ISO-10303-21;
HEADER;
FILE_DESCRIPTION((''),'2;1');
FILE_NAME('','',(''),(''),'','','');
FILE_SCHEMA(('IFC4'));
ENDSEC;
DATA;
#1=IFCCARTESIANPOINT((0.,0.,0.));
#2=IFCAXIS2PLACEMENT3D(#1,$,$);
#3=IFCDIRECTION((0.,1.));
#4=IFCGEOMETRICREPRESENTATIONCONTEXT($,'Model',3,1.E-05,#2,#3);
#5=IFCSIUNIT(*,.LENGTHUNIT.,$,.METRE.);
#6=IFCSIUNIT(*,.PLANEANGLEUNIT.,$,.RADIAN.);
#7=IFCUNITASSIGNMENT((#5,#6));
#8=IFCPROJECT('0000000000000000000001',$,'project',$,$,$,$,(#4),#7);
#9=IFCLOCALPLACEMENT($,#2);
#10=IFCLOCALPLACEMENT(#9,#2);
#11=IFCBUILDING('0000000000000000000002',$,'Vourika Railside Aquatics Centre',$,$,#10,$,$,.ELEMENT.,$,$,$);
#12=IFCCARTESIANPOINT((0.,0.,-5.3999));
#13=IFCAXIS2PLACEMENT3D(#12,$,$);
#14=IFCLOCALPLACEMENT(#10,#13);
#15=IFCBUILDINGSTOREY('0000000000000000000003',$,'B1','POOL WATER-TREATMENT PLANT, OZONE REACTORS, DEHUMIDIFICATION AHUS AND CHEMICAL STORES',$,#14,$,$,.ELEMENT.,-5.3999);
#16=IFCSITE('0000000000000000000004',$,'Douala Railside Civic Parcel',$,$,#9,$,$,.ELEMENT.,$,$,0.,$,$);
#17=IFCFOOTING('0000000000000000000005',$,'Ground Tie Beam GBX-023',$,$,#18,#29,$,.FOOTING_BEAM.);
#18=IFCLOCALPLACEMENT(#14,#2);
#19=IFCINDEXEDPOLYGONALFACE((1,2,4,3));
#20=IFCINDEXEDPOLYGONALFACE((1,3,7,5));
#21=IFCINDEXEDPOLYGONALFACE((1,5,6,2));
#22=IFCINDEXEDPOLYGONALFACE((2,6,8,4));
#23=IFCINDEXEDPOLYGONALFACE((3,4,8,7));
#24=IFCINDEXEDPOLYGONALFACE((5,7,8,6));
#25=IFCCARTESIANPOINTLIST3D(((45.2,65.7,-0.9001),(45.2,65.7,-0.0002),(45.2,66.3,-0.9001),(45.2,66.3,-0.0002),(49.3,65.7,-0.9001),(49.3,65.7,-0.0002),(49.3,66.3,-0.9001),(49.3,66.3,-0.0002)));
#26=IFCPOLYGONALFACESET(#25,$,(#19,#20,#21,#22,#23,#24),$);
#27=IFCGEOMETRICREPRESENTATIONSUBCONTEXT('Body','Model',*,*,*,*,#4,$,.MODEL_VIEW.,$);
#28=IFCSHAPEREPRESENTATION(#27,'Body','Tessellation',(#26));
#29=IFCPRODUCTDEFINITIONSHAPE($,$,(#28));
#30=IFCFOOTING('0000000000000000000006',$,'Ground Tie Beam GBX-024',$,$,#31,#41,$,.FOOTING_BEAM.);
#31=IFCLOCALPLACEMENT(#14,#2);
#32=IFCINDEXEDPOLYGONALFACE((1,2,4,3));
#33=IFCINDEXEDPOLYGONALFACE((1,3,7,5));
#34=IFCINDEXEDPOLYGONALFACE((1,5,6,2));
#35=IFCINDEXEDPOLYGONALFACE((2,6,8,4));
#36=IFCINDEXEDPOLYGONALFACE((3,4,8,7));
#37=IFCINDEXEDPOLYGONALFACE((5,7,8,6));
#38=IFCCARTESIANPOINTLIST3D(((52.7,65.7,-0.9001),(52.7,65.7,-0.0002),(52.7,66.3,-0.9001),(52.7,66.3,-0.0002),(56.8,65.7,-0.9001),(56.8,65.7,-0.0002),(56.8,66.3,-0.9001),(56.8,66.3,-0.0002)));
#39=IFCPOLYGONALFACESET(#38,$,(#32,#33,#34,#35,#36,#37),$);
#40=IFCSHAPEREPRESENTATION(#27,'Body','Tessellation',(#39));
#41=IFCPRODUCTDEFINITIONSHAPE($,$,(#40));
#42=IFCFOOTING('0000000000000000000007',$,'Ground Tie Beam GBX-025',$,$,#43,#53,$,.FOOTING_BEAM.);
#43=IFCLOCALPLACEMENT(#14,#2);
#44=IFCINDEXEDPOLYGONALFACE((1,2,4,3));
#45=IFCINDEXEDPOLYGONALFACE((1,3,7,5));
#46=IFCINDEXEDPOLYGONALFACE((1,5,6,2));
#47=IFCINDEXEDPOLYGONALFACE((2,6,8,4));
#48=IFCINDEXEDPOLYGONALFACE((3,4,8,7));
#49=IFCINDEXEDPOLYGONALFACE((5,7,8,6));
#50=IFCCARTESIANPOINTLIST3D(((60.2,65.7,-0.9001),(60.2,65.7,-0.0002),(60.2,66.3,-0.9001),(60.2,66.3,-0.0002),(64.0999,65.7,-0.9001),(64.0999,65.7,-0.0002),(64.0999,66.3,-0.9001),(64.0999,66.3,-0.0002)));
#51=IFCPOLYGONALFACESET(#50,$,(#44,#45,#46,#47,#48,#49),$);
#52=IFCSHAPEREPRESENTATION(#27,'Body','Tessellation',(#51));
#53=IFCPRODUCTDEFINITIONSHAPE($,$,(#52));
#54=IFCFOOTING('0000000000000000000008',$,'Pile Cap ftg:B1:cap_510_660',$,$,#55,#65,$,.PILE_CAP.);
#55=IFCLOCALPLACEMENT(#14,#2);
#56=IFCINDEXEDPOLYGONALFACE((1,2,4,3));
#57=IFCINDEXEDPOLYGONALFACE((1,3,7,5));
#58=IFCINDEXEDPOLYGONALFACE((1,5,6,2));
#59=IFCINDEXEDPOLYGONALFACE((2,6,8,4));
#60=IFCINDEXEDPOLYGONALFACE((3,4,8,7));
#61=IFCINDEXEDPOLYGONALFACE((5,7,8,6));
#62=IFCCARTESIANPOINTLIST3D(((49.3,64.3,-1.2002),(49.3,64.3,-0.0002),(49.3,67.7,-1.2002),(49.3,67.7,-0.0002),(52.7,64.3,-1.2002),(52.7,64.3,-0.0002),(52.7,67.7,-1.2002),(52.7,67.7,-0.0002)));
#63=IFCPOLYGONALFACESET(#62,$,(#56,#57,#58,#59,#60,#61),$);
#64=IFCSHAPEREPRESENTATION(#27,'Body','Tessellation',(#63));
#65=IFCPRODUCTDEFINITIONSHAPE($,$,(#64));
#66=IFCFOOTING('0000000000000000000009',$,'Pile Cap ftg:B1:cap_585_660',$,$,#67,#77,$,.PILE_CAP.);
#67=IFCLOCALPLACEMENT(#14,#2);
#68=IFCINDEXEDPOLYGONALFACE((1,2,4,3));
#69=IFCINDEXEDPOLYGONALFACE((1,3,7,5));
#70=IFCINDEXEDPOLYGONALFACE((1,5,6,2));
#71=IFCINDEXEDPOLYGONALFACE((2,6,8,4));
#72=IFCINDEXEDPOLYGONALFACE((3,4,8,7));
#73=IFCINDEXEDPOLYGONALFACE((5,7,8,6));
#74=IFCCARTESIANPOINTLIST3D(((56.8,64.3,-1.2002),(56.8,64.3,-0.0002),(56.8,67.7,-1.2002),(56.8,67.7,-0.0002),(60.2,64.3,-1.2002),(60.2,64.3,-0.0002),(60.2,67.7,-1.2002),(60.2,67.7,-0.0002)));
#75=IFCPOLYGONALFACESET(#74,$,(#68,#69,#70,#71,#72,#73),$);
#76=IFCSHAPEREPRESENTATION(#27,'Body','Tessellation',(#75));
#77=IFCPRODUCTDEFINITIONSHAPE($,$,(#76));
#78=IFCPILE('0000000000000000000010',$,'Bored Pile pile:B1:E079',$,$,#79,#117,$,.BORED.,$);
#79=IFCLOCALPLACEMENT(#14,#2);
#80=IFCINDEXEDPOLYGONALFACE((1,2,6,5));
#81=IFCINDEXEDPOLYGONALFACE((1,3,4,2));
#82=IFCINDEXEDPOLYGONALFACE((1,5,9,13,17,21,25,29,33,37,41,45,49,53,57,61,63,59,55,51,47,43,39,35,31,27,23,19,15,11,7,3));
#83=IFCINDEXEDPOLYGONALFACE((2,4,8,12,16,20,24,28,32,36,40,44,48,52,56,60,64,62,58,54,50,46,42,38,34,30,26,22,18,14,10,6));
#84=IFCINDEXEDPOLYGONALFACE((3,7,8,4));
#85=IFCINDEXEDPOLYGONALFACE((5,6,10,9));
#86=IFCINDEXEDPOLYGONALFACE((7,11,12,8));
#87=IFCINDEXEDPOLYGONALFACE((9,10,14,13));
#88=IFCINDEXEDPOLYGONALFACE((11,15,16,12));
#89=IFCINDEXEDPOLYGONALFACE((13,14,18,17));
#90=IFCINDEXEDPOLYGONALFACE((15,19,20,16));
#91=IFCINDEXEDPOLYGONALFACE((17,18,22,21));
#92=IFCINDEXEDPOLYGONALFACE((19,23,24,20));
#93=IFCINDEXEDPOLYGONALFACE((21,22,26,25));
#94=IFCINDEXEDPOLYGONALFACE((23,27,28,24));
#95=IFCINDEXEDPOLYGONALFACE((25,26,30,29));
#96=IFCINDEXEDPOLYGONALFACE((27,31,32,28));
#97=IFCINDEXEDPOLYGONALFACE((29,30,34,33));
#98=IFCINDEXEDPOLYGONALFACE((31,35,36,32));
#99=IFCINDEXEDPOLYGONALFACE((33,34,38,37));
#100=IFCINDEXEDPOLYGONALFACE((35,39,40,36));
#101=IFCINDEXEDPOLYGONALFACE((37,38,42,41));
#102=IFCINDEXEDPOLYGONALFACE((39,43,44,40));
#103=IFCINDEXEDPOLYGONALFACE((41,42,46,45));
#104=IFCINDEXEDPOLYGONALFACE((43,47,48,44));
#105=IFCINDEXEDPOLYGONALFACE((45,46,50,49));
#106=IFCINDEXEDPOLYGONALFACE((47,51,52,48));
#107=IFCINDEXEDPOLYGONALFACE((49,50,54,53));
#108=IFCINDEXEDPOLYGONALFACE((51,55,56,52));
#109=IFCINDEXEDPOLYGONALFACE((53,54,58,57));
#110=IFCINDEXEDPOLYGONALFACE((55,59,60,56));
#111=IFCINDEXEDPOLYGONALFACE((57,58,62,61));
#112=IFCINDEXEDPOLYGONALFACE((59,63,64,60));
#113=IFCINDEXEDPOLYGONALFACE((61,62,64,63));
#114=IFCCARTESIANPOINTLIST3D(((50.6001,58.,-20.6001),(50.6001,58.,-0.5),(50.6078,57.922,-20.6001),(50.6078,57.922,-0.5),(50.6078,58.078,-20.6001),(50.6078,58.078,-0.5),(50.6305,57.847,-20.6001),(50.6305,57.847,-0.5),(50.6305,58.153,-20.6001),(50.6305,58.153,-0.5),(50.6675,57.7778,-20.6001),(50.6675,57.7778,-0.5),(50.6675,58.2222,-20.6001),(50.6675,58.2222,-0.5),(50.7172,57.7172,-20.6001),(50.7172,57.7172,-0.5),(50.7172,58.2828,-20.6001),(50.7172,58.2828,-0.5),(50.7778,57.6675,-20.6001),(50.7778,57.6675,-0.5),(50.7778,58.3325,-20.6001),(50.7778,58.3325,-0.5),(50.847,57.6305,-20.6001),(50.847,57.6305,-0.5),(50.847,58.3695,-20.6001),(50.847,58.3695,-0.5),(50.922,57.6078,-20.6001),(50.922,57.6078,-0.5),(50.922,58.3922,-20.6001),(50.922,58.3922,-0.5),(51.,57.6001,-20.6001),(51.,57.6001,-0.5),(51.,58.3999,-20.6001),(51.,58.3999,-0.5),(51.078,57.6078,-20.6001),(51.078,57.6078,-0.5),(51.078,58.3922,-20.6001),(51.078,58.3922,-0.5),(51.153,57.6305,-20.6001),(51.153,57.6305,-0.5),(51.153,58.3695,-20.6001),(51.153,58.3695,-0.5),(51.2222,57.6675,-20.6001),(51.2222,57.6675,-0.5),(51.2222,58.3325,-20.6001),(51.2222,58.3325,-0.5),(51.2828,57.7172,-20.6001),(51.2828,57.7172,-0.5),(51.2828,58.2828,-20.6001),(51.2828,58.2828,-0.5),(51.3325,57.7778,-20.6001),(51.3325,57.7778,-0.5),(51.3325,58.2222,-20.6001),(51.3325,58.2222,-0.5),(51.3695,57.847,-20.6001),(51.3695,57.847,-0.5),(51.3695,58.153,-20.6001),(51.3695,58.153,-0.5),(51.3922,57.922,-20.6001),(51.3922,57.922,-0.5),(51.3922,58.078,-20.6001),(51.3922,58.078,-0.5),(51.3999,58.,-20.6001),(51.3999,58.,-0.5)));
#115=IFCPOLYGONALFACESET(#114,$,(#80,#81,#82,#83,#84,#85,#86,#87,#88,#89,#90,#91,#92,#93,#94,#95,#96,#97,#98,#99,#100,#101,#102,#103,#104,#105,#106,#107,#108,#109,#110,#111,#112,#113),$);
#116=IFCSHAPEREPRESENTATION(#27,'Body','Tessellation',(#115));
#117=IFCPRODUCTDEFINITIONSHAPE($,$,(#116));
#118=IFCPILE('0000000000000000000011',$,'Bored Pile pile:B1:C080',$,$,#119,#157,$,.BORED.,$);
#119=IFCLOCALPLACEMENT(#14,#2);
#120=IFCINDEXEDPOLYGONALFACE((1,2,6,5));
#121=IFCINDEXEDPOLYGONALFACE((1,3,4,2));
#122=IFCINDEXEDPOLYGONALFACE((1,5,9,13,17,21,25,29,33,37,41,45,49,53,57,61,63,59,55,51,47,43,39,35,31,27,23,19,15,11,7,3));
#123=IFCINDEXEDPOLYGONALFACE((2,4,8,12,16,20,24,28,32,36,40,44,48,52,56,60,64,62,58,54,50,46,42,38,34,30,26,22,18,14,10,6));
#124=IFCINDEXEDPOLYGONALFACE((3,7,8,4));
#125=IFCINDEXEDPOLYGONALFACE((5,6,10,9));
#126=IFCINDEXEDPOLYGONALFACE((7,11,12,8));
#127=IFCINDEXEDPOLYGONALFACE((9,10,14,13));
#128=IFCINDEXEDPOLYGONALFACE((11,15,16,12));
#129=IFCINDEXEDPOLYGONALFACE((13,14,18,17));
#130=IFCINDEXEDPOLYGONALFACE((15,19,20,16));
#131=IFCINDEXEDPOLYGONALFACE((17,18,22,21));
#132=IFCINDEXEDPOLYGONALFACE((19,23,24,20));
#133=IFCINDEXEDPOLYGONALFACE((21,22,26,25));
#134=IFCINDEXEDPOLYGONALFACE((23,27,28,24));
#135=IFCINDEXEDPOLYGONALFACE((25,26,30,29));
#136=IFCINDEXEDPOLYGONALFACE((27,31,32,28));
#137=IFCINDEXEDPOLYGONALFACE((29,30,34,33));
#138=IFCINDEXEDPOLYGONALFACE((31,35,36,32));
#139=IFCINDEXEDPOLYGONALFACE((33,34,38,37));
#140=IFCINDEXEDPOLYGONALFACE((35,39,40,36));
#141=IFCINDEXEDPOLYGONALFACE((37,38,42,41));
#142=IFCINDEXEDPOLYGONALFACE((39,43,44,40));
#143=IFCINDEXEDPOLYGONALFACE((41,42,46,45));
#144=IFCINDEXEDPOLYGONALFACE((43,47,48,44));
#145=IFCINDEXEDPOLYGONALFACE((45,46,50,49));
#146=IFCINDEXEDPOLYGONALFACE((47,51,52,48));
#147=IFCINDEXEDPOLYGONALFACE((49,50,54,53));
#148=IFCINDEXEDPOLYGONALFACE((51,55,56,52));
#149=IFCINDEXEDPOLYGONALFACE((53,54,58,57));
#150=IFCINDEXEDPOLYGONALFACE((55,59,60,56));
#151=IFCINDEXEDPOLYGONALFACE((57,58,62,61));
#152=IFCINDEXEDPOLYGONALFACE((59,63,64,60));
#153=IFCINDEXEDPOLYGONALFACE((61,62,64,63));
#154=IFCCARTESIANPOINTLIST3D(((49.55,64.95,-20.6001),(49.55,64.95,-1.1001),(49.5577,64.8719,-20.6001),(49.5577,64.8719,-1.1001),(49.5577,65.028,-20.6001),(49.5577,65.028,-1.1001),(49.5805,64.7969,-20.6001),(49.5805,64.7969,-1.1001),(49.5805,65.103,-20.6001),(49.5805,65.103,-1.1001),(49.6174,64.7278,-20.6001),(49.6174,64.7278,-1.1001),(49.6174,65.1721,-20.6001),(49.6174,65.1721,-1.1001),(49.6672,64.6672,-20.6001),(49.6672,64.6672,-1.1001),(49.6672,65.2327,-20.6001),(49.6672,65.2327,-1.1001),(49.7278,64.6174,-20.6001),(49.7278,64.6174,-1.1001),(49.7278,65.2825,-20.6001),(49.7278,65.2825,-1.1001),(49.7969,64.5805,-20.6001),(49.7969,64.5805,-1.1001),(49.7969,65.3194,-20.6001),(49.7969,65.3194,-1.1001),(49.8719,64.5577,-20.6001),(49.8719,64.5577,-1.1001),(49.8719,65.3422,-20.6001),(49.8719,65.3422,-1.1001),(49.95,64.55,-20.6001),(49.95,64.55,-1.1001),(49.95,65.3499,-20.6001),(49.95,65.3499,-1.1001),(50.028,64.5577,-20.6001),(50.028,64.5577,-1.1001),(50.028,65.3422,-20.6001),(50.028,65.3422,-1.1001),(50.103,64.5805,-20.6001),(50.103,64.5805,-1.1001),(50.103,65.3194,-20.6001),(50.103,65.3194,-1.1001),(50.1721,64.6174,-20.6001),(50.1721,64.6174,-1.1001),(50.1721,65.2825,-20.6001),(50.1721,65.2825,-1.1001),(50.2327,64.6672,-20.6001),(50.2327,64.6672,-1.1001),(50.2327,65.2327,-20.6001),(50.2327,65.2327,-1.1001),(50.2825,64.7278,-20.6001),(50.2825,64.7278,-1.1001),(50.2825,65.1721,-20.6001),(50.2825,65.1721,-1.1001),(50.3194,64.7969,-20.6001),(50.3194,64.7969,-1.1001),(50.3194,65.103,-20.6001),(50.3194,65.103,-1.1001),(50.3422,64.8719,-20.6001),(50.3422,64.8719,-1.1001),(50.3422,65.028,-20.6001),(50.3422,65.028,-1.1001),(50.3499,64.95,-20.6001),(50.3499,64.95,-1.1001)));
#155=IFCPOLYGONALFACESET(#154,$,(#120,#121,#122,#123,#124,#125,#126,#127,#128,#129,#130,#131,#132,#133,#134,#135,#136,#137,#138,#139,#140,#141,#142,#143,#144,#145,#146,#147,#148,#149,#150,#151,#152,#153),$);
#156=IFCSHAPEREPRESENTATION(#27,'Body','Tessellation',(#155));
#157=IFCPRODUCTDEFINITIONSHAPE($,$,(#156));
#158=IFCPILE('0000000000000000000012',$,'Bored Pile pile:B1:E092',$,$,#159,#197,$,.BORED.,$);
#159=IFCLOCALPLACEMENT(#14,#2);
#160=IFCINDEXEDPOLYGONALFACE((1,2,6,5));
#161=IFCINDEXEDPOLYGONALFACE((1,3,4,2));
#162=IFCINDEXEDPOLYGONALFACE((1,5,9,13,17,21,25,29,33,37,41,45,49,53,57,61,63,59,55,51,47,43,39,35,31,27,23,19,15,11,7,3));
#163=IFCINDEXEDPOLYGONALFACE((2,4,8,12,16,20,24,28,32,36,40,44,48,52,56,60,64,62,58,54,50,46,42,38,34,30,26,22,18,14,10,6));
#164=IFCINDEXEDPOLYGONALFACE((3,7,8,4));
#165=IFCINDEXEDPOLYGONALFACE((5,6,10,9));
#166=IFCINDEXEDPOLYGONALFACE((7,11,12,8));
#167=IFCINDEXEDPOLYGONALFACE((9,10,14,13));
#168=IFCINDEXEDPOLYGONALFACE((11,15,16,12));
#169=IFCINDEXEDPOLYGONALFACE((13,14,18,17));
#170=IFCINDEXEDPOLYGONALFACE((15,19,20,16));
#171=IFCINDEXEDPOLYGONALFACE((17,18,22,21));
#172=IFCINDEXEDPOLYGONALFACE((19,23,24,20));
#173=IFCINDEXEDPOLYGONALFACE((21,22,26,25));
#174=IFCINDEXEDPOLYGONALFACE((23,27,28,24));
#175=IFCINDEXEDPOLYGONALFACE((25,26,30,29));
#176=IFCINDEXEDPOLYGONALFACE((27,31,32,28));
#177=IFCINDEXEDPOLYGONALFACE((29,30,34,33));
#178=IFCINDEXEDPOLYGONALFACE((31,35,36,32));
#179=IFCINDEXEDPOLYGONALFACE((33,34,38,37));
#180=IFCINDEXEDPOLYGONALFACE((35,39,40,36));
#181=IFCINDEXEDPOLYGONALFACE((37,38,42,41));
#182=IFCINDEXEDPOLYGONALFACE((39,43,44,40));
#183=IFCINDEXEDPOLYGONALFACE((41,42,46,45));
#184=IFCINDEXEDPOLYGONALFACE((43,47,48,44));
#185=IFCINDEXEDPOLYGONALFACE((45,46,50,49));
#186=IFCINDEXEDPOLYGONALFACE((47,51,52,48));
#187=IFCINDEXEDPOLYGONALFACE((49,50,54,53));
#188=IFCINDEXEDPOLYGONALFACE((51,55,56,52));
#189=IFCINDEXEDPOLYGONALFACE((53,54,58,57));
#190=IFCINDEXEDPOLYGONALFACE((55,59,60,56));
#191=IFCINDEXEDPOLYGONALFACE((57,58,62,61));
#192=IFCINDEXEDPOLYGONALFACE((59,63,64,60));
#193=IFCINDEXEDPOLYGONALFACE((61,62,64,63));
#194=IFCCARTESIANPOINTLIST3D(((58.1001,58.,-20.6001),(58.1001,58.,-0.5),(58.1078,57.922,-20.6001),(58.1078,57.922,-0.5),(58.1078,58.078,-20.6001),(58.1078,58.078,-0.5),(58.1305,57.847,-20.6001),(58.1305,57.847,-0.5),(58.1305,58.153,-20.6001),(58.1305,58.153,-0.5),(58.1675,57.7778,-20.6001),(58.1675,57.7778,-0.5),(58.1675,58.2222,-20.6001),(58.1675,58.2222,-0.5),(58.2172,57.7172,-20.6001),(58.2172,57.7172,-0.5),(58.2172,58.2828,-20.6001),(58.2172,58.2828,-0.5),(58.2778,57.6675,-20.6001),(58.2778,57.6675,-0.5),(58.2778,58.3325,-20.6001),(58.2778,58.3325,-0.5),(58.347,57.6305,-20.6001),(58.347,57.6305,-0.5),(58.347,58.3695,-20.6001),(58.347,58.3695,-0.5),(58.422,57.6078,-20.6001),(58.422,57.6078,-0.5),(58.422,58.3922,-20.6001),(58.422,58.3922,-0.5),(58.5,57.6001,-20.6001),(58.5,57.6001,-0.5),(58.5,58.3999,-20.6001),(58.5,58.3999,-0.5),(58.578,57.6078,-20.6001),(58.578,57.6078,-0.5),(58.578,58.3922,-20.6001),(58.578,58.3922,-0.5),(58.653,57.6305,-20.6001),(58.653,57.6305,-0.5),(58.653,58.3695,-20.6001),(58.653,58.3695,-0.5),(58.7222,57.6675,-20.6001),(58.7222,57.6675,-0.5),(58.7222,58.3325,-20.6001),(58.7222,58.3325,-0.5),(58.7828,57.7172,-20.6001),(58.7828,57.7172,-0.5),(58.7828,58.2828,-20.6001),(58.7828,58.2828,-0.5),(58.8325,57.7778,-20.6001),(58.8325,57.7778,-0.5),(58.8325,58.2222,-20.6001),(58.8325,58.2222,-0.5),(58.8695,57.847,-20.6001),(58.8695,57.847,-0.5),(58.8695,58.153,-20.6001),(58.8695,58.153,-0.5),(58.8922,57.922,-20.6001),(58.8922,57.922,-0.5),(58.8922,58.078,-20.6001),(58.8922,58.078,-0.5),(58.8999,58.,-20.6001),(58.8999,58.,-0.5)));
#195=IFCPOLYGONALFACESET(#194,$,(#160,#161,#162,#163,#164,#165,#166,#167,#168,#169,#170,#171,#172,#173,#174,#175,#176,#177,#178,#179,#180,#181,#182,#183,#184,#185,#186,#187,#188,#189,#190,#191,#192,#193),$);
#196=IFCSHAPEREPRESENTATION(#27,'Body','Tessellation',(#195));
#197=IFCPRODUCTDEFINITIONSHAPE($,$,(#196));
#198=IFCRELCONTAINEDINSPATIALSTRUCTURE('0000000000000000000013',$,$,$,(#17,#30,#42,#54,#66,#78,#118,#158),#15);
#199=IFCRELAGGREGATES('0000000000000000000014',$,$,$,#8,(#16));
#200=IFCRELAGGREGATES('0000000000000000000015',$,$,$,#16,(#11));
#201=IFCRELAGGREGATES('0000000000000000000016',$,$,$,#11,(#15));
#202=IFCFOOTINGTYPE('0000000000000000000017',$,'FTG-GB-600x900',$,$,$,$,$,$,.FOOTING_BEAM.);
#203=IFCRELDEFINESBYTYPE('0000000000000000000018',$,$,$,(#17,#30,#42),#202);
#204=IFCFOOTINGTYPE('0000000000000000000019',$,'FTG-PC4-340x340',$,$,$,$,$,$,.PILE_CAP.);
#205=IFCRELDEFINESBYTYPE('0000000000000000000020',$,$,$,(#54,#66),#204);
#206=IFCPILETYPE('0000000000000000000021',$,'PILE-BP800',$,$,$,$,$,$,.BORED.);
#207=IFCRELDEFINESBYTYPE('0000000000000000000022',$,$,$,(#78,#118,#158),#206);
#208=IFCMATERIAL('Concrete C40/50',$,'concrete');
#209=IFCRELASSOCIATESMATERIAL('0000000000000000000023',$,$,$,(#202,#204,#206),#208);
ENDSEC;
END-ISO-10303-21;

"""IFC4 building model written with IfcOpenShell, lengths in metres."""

from ifc_helpers import new_model, si_unit, direction, frame, origin, origin_2d, place, context, subcontext, project, spatial, rectangle, circle, extrude, material, material_profile, profile_set, type_object, element, save


model = new_model("IFC4")

# Units and contexts
model_context = context("Model", 3, precision=1e-05, world=origin(), true_north=direction((0.0, 1.0)))
body_context = subcontext(model_context, "Body", "Model", "MODEL_VIEW")
ifc_project = project(units=[si_unit("LENGTHUNIT", "METRE"), si_unit("PLANEANGLEUNIT", "RADIAN")], contexts=[model_context])

# Site, building, storey
site_placement = place(None, origin())
site = spatial("IfcSite", under=ifc_project, at=site_placement, Name="Douala Railside Civic Parcel", CompositionType="ELEMENT", RefElevation=0.0)
building_placement = place(site_placement, origin())
building = spatial("IfcBuilding", under=site, at=building_placement, Name="Vourika Railside Aquatics Centre", CompositionType="ELEMENT")
storey_placement = place(building_placement, frame((0.0, 0.0, -5.3999)))
storey = spatial("IfcBuildingStorey", under=building, at=storey_placement, Name="B1", Description="POOL WATER-TREATMENT PLANT, OZONE REACTORS, DEHUMIDIFICATION AHUS AND CHEMICAL STORES", CompositionType="ELEMENT", Elevation=-5.3999)

# Footings
ifc_material_1 = material(Name="Concrete C40/50", Category="concrete")
footing_type_1 = type_object("IfcFootingType", Name="FTG-GB-600x900", PredefinedType="FOOTING_BEAM", material=ifc_material_1)
for number, where, z_axis, x_axis, name in (
    (1, (47.25, 66.0, -0.9001), (0.0, 0.0, 1.0), (1.0, 0.0, 0.0), "Ground Tie Beam GBX-023"),
    (2, (54.75, 66.0, -0.9001), (0.0, 0.0, 1.0), (1.0, 0.0, 0.0), "Ground Tie Beam GBX-024"),
):
    element("IfcFooting", number, at=place(storey_placement, frame(where, z_axis=z_axis, x_axis=x_axis)), inside=storey, type_object=footing_type_1, Name=name, PredefinedType="FOOTING_BEAM", context=body_context, shape_type="SweptSolid", body=[
        extrude(rectangle(XDim=4.1001, YDim=0.6001, at=origin_2d()), origin(), (0.0, 0.0, 1.0), 0.8999),
    ])
footing_placement = place(storey_placement, frame((62.1499, 66.0, -0.9001), z_axis=(0.0, 0.0, 1.0), x_axis=(1.0, 0.0, 0.0)))
element("IfcFooting", 3, at=footing_placement, inside=storey, type_object=footing_type_1, Name="Ground Tie Beam GBX-025", PredefinedType="FOOTING_BEAM", context=body_context, shape_type="SweptSolid", body=[
    extrude(rectangle(XDim=3.8999, YDim=0.6001, at=origin_2d()), origin(), (0.0, 0.0, 1.0), 0.8999),
])
footing_type_2 = type_object("IfcFootingType", Name="FTG-PC4-340x340", PredefinedType="PILE_CAP", material=ifc_material_1)
for number, where, z_axis, x_axis, name in (
    (4, (51.0, 66.0, -1.2002), (0.0, 0.0, 1.0), (1.0, 0.0, 0.0), "Pile Cap ftg:B1:cap_510_660"),
    (5, (58.5, 66.0, -1.2002), (0.0, 0.0, 1.0), (1.0, 0.0, 0.0), "Pile Cap ftg:B1:cap_585_660"),
):
    element("IfcFooting", number, at=place(storey_placement, frame(where, z_axis=z_axis, x_axis=x_axis)), inside=storey, type_object=footing_type_2, Name=name, PredefinedType="PILE_CAP", context=body_context, shape_type="SweptSolid", body=[
        extrude(rectangle(XDim=3.3999, YDim=3.3999, at=origin_2d()), origin(), (0.0, 0.0, 1.0), 1.2),
    ])

# Piles
ifc_material_profile_1 = material_profile(ifc_material_1, circle(Radius=0.3999, at=origin_2d()), Name="BP 800")
ifc_profile_set_1 = profile_set([ifc_material_profile_1], Name="Concrete C40/50")
pile_type_1 = type_object("IfcPileType", Name="PILE-BP800", PredefinedType="BORED", material=ifc_profile_set_1)
pile_1_placement = place(storey_placement, frame((51.0, 58.0, -0.5), z_axis=(0.0, 0.0, -1.0), x_axis=(1.0, 0.0, 0.0)))
element("IfcPile", 6, at=pile_1_placement, inside=storey, type_object=pile_type_1, Name="Bored Pile pile:B1:E079", PredefinedType="BORED", context=body_context, shape_type="SweptSolid", body=[
    extrude(circle(Radius=0.3999, at=origin_2d()), origin(), (0.0, 0.0, 1.0), 20.1001),
])
pile_2_placement = place(storey_placement, frame((49.95, 64.95, -1.1001), z_axis=(0.0, 0.0, -1.0), x_axis=(1.0, 0.0, 0.0)))
element("IfcPile", 7, at=pile_2_placement, inside=storey, type_object=pile_type_1, Name="Bored Pile pile:B1:C080", PredefinedType="BORED", context=body_context, shape_type="SweptSolid", body=[
    extrude(circle(Radius=0.3999, at=origin_2d()), origin(), (0.0, 0.0, 1.0), 19.5),
])
pile_3_placement = place(storey_placement, frame((58.5, 58.0, -0.5), z_axis=(0.0, 0.0, -1.0), x_axis=(1.0, 0.0, 0.0)))
element("IfcPile", 8, at=pile_3_placement, inside=storey, type_object=pile_type_1, Name="Bored Pile pile:B1:E092", PredefinedType="BORED", context=body_context, shape_type="SweptSolid", body=[
    extrude(circle(Radius=0.3999, at=origin_2d()), origin(), (0.0, 0.0, 1.0), 20.1001),
])

save(model, "model.ifc")
